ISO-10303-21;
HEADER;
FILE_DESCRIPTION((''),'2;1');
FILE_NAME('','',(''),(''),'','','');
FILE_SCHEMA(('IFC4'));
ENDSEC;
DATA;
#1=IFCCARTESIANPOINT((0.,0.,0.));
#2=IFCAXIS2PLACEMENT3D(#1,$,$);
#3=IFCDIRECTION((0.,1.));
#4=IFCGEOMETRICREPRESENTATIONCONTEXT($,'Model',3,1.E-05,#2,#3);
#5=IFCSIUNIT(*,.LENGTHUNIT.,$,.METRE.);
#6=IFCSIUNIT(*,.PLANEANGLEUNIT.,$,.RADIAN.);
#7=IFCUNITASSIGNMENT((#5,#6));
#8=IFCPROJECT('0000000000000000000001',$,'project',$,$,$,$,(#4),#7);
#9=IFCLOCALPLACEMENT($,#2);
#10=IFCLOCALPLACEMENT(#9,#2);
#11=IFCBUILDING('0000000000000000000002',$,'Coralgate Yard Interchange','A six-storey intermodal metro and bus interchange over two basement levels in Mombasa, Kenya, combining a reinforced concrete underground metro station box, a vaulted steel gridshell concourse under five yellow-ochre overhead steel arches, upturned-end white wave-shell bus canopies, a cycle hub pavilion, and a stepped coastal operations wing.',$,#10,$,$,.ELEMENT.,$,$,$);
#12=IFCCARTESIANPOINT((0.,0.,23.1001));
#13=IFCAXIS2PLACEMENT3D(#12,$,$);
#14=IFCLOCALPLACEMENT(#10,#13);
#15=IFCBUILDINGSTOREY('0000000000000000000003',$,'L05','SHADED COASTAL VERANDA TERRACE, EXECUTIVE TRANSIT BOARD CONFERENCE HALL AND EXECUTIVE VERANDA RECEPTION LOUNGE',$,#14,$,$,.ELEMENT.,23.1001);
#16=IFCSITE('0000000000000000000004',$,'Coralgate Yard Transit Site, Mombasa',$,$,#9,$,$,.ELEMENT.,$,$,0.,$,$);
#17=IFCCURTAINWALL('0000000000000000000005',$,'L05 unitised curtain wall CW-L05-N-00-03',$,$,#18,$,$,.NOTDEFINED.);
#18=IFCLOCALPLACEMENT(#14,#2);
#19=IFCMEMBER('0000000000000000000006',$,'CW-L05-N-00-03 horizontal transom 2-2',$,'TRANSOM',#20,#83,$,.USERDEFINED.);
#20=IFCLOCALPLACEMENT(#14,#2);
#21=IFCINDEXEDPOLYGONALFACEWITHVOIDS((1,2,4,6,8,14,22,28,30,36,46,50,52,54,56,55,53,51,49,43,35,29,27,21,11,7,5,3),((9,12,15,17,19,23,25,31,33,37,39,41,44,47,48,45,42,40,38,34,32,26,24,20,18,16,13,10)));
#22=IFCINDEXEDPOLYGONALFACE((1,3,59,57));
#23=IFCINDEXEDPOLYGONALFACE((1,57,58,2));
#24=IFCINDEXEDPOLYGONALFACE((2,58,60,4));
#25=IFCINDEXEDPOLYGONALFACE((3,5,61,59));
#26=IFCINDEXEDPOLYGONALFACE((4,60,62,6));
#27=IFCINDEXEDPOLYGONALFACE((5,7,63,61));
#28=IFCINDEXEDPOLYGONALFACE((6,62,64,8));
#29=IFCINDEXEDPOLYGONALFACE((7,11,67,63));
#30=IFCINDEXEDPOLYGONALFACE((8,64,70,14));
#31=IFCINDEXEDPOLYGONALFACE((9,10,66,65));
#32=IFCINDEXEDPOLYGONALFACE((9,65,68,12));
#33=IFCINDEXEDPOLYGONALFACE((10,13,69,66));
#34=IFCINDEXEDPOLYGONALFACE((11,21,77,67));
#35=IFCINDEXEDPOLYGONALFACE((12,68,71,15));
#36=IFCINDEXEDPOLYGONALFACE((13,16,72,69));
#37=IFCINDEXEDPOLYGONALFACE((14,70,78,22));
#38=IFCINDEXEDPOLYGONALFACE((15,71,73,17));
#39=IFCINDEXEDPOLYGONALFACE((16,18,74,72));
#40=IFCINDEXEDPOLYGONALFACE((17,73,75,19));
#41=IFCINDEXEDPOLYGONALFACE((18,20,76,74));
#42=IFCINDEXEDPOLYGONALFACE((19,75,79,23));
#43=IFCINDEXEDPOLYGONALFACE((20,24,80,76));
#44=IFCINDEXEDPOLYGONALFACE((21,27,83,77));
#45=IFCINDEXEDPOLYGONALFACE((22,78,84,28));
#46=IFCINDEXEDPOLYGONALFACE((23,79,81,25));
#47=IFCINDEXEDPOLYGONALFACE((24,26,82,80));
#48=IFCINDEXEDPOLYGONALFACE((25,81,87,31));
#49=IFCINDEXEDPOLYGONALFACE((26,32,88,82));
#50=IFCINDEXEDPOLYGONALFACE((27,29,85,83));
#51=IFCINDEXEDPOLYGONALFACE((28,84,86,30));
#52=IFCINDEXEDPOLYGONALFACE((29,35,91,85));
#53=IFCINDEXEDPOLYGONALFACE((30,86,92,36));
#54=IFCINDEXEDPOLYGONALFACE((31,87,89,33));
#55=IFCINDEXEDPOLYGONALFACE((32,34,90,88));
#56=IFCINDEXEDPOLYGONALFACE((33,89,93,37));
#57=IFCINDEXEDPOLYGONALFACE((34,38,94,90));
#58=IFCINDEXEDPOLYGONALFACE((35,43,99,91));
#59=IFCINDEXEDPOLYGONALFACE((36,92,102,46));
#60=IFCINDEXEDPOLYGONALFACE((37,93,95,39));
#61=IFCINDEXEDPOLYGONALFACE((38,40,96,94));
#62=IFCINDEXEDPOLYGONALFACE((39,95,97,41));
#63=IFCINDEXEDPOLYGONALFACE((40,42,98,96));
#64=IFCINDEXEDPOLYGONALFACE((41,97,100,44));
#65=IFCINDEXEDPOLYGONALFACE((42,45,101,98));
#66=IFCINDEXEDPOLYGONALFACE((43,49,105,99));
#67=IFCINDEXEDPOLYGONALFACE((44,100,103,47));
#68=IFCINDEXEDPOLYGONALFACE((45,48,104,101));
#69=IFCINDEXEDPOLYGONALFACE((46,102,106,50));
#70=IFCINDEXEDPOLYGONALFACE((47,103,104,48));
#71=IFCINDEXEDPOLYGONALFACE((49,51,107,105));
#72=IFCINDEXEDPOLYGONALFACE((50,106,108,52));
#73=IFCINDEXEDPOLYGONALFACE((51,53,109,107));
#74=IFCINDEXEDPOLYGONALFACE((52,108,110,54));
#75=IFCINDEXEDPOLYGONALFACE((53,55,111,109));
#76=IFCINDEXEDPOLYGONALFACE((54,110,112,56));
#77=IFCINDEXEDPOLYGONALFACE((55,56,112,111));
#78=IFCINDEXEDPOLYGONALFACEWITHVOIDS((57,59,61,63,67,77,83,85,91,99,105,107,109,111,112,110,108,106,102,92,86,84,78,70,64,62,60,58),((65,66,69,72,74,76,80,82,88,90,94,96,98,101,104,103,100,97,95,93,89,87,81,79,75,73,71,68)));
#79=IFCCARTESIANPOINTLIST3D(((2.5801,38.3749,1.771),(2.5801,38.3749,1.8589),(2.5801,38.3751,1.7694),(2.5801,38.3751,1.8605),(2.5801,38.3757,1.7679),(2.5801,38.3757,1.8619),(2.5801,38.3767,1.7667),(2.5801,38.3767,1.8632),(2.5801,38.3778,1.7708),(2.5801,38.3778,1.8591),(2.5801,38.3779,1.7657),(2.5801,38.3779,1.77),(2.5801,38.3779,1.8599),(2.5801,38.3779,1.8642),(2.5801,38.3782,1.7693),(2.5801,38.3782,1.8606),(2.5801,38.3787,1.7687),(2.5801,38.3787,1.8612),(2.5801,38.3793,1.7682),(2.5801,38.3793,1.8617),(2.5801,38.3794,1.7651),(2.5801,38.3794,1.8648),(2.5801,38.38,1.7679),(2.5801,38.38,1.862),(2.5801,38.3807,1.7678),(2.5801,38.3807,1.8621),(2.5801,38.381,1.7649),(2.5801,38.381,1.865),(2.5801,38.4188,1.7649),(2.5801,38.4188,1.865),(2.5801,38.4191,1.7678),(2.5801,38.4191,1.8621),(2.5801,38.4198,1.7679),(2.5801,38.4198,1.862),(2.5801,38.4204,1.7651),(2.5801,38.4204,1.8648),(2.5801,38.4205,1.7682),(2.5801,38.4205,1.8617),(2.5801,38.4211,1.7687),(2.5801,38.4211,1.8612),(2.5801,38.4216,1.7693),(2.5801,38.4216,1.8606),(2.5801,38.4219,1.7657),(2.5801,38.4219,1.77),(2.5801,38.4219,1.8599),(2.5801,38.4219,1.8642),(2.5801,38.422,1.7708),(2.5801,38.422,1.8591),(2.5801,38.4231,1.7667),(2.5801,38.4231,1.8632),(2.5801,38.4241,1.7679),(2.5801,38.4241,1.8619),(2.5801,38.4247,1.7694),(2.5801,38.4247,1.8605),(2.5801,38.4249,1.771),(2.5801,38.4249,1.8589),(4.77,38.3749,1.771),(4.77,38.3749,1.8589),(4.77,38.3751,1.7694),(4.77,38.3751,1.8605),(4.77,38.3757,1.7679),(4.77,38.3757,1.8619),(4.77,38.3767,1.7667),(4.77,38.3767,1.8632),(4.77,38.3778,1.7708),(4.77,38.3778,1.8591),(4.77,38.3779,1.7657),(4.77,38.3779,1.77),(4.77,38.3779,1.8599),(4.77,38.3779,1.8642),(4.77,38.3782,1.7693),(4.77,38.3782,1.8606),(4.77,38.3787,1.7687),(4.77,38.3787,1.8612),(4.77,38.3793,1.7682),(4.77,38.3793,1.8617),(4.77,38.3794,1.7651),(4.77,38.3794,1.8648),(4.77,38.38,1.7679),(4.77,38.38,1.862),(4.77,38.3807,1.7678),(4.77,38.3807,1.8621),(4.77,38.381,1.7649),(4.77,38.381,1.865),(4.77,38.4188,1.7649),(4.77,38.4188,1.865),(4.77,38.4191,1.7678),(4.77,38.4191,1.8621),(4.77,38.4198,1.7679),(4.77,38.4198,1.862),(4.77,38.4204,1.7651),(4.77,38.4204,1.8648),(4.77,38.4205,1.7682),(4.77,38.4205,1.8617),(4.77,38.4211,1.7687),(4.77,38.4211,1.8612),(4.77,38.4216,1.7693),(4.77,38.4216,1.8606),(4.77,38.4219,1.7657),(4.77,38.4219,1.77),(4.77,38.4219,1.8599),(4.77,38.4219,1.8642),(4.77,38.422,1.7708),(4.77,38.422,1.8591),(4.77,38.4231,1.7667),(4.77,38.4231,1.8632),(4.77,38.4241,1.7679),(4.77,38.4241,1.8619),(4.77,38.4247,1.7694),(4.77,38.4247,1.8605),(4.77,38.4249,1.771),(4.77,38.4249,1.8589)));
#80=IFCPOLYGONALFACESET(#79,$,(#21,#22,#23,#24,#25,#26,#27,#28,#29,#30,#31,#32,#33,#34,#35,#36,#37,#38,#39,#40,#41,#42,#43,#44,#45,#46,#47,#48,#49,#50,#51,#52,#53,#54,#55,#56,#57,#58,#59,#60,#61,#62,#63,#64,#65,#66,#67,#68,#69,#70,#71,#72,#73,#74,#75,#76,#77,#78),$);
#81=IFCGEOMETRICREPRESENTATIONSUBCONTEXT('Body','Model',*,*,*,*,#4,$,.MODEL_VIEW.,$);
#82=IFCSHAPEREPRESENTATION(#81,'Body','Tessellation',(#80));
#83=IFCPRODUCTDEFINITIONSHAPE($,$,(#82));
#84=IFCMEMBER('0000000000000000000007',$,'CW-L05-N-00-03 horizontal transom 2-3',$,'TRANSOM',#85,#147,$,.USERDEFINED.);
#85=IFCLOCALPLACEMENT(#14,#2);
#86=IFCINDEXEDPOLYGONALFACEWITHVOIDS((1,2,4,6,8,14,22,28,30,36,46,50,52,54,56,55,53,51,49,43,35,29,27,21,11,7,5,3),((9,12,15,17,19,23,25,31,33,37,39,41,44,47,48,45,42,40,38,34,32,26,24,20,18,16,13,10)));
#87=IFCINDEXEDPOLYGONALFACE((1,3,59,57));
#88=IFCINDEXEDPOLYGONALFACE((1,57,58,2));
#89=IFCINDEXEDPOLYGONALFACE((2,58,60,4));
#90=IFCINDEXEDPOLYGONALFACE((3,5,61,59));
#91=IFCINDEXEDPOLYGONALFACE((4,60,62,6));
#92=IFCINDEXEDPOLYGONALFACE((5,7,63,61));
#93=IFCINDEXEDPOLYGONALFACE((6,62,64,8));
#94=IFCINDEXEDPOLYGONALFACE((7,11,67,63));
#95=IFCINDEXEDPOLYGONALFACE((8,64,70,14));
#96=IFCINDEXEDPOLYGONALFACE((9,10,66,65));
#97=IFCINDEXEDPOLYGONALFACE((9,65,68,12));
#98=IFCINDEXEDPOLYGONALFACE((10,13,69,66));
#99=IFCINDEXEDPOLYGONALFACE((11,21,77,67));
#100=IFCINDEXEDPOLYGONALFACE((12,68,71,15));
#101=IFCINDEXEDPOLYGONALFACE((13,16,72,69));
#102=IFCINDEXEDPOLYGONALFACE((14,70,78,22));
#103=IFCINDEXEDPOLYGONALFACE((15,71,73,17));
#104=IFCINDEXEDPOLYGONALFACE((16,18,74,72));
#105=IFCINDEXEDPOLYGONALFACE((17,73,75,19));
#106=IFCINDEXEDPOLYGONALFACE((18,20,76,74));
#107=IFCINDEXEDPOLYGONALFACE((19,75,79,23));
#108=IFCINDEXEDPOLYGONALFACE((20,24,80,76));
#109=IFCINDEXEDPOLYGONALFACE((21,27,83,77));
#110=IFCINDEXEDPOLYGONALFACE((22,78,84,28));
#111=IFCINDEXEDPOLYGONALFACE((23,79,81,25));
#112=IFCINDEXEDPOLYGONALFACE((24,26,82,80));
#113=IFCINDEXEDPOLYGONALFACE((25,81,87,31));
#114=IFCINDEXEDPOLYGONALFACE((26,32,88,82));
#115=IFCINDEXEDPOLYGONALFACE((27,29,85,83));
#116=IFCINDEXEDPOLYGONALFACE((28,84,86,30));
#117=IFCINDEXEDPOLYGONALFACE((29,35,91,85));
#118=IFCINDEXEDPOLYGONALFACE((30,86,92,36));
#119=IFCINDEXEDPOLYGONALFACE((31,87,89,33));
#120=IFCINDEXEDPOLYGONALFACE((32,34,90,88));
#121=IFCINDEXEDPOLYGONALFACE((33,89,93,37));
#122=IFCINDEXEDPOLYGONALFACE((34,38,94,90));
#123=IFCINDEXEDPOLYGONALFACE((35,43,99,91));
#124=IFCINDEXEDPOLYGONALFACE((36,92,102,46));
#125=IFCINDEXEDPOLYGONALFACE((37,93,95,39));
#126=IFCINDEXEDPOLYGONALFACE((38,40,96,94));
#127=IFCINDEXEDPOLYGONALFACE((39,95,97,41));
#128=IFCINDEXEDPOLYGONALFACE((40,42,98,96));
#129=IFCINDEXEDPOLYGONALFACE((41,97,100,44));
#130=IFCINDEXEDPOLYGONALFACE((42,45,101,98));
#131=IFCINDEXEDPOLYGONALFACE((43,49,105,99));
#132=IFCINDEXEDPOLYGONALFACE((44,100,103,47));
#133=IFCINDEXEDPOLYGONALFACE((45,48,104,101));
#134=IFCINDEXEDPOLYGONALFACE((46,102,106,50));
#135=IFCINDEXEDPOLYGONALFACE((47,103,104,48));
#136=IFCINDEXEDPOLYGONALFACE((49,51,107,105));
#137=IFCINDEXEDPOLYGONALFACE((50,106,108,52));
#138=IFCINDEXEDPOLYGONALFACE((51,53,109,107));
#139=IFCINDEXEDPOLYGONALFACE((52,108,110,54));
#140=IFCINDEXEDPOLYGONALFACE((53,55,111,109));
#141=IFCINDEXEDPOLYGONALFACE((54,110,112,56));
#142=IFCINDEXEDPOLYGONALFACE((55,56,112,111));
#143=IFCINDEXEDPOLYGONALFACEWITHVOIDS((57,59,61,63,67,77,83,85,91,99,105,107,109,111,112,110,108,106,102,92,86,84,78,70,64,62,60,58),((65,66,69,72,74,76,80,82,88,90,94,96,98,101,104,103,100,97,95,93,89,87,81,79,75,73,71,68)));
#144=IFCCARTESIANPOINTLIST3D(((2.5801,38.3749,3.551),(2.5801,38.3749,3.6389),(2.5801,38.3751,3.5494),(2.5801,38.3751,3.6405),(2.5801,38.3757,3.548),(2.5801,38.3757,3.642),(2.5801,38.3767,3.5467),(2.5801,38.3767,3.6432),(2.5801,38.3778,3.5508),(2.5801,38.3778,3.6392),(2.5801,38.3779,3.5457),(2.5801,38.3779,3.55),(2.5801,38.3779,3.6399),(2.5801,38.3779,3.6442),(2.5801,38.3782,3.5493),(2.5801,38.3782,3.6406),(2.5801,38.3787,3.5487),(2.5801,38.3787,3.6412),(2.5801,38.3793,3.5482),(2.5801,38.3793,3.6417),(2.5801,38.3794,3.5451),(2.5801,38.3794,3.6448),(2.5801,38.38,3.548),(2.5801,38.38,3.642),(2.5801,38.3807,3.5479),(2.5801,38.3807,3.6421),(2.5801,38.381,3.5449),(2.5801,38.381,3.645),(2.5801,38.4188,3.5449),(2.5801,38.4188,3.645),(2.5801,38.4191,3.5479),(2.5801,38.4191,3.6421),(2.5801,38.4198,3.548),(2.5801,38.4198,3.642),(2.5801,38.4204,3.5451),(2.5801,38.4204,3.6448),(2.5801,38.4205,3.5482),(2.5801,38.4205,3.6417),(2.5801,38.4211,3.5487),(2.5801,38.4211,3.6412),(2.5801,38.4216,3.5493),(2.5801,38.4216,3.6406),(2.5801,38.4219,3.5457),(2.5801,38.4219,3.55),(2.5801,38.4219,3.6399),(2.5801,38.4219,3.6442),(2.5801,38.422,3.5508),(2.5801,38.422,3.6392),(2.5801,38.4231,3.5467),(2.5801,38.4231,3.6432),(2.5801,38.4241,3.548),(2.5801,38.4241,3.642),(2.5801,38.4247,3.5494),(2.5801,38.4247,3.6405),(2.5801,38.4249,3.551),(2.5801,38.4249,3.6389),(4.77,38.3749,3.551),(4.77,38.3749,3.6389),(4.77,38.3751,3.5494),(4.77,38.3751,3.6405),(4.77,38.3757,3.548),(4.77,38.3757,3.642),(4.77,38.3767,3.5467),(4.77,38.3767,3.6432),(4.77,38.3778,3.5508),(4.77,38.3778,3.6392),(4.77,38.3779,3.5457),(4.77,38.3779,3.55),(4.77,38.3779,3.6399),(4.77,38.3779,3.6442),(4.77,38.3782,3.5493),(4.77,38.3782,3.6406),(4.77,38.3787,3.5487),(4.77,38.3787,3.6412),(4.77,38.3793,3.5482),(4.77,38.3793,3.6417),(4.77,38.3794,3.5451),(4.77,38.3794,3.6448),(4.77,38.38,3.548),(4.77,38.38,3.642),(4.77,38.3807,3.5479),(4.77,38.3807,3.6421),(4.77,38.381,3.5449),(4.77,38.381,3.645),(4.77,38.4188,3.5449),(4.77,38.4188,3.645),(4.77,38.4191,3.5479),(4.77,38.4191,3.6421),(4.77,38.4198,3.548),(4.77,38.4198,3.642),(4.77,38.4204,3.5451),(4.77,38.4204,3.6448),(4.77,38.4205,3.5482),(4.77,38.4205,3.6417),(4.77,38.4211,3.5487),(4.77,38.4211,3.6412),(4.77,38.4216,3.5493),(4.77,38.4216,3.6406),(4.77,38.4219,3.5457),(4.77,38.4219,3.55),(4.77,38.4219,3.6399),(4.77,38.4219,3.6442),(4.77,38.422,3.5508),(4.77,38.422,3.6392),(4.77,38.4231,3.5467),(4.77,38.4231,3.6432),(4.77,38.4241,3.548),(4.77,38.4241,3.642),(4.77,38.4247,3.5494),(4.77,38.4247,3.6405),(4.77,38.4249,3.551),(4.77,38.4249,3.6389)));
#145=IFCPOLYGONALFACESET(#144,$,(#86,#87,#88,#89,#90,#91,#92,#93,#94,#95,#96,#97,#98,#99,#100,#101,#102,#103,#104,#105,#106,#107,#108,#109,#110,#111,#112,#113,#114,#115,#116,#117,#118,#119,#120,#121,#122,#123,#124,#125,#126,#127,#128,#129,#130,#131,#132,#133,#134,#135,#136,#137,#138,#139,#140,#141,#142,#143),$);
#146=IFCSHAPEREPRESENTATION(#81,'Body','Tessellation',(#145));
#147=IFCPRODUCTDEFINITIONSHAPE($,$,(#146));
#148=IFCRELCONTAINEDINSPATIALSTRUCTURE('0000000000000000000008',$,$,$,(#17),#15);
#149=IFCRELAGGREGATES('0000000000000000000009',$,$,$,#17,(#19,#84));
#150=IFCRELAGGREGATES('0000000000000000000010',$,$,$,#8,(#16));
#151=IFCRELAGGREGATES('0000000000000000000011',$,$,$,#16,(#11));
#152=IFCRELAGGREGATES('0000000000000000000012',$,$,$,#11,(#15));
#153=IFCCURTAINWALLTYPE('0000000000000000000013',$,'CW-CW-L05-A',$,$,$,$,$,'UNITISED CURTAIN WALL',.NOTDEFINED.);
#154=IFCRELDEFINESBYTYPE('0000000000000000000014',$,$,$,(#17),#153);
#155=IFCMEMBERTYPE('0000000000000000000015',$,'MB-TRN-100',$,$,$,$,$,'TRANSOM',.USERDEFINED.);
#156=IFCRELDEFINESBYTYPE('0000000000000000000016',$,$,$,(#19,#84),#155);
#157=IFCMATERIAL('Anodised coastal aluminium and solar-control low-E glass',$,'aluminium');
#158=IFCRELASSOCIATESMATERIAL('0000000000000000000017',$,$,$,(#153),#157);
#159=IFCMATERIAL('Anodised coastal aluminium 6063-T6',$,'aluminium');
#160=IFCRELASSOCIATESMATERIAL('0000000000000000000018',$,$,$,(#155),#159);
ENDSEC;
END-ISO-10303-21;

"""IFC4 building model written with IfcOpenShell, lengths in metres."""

from ifc_helpers import new_model, si_unit, direction, frame, origin, origin_2d, place, context, subcontext, project, spatial, hollow_rectangle, extrude, material, material_profile, profile_set, type_object, element, aggregate, save


model = new_model("IFC4")

# Units and contexts
model_context = context("Model", 3, precision=1e-05, world=origin(), true_north=direction((0.0, 1.0)))
body_context = subcontext(model_context, "Body", "Model", "MODEL_VIEW")
ifc_project = project(units=[si_unit("LENGTHUNIT", "METRE"), si_unit("PLANEANGLEUNIT", "RADIAN")], contexts=[model_context])

# Site, building, storey
site_placement = place(None, origin())
site = spatial("IfcSite", under=ifc_project, at=site_placement, Name="Coralgate Yard Transit Site, Mombasa", CompositionType="ELEMENT", RefElevation=0.0)
building_placement = place(site_placement, origin())
building = spatial("IfcBuilding", under=site, at=building_placement, Name="Coralgate Yard Interchange", Description="A six-storey intermodal metro and bus interchange over two basement levels in Mombasa, Kenya, combining a reinforced concrete underground metro station box, a vaulted steel gridshell concourse under five yellow-ochre overhead steel arches, upturned-end white wave-shell bus canopies, a cycle hub pavilion, and a stepped coastal operations wing.", CompositionType="ELEMENT")
storey_placement = place(building_placement, frame((0.0, 0.0, 23.1001)))
storey = spatial("IfcBuildingStorey", under=building, at=storey_placement, Name="L05", Description="SHADED COASTAL VERANDA TERRACE, EXECUTIVE TRANSIT BOARD CONFERENCE HALL AND EXECUTIVE VERANDA RECEPTION LOUNGE", CompositionType="ELEMENT", Elevation=23.1001)

# Curtain wall
ifc_material_1 = material(Name="Anodised coastal aluminium and solar-control low-E glass", Category="aluminium")
curtain_wall_type = type_object("IfcCurtainWallType", Name="CW-CW-L05-A", ElementType="UNITISED CURTAIN WALL", PredefinedType="NOTDEFINED", material=ifc_material_1)
ifc_material_2 = material(Name="Anodised coastal aluminium 6063-T6", Category="aluminium")
curtain_wall_1_placement = place(storey_placement, origin())
curtain_wall_1 = element("IfcCurtainWall", 1, at=curtain_wall_1_placement, inside=storey, type_object=curtain_wall_type, Name="L05 unitised curtain wall CW-L05-N-00-03", PredefinedType="NOTDEFINED")

# Members
ifc_material_profile_1 = material_profile(ifc_material_2, hollow_rectangle(XDim=0.05, YDim=0.1001, WallThickness=0.0029, InnerFilletRadius=0.0029, OuterFilletRadius=0.0061, at=origin_2d()), Name="ALU 50x100x3")
ifc_profile_set_1 = profile_set([ifc_material_profile_1], Name="Anodised coastal aluminium 6063-T6")
member_type_1 = type_object("IfcMemberType", Name="MB-TRN-100", ElementType="TRANSOM", PredefinedType="USERDEFINED", material=ifc_profile_set_1)
member_1_placement = place(storey_placement, frame((2.5801, 38.3999, 1.8149), z_axis=(1.0, 0.0, 0.0), x_axis=(0.0, 1.0, 0.0)))
member_1 = element("IfcMember", 2, at=member_1_placement, type_object=member_type_1, Name="CW-L05-N-00-03 horizontal transom 2-2", ObjectType="TRANSOM", PredefinedType="USERDEFINED", context=body_context, shape_type="SweptSolid", body=[
    extrude(hollow_rectangle(XDim=0.05, YDim=0.1001, WallThickness=0.0029, InnerFilletRadius=0.0029, OuterFilletRadius=0.0061, at=origin_2d()), origin(), (0.0, 0.0, 1.0), 2.1899),
])
member_2_placement = place(storey_placement, frame((2.5801, 38.3999, 3.595), z_axis=(1.0, 0.0, 0.0), x_axis=(0.0, 1.0, 0.0)))
member_2 = element("IfcMember", 3, at=member_2_placement, type_object=member_type_1, Name="CW-L05-N-00-03 horizontal transom 2-3", ObjectType="TRANSOM", PredefinedType="USERDEFINED", context=body_context, shape_type="SweptSolid", body=[
    extrude(hollow_rectangle(XDim=0.05, YDim=0.1001, WallThickness=0.0029, InnerFilletRadius=0.0029, OuterFilletRadius=0.0061, at=origin_2d()), origin(), (0.0, 0.0, 1.0), 2.1899),
])

aggregate(curtain_wall_1, [member_1, member_2])

save(model, "model.ifc")
